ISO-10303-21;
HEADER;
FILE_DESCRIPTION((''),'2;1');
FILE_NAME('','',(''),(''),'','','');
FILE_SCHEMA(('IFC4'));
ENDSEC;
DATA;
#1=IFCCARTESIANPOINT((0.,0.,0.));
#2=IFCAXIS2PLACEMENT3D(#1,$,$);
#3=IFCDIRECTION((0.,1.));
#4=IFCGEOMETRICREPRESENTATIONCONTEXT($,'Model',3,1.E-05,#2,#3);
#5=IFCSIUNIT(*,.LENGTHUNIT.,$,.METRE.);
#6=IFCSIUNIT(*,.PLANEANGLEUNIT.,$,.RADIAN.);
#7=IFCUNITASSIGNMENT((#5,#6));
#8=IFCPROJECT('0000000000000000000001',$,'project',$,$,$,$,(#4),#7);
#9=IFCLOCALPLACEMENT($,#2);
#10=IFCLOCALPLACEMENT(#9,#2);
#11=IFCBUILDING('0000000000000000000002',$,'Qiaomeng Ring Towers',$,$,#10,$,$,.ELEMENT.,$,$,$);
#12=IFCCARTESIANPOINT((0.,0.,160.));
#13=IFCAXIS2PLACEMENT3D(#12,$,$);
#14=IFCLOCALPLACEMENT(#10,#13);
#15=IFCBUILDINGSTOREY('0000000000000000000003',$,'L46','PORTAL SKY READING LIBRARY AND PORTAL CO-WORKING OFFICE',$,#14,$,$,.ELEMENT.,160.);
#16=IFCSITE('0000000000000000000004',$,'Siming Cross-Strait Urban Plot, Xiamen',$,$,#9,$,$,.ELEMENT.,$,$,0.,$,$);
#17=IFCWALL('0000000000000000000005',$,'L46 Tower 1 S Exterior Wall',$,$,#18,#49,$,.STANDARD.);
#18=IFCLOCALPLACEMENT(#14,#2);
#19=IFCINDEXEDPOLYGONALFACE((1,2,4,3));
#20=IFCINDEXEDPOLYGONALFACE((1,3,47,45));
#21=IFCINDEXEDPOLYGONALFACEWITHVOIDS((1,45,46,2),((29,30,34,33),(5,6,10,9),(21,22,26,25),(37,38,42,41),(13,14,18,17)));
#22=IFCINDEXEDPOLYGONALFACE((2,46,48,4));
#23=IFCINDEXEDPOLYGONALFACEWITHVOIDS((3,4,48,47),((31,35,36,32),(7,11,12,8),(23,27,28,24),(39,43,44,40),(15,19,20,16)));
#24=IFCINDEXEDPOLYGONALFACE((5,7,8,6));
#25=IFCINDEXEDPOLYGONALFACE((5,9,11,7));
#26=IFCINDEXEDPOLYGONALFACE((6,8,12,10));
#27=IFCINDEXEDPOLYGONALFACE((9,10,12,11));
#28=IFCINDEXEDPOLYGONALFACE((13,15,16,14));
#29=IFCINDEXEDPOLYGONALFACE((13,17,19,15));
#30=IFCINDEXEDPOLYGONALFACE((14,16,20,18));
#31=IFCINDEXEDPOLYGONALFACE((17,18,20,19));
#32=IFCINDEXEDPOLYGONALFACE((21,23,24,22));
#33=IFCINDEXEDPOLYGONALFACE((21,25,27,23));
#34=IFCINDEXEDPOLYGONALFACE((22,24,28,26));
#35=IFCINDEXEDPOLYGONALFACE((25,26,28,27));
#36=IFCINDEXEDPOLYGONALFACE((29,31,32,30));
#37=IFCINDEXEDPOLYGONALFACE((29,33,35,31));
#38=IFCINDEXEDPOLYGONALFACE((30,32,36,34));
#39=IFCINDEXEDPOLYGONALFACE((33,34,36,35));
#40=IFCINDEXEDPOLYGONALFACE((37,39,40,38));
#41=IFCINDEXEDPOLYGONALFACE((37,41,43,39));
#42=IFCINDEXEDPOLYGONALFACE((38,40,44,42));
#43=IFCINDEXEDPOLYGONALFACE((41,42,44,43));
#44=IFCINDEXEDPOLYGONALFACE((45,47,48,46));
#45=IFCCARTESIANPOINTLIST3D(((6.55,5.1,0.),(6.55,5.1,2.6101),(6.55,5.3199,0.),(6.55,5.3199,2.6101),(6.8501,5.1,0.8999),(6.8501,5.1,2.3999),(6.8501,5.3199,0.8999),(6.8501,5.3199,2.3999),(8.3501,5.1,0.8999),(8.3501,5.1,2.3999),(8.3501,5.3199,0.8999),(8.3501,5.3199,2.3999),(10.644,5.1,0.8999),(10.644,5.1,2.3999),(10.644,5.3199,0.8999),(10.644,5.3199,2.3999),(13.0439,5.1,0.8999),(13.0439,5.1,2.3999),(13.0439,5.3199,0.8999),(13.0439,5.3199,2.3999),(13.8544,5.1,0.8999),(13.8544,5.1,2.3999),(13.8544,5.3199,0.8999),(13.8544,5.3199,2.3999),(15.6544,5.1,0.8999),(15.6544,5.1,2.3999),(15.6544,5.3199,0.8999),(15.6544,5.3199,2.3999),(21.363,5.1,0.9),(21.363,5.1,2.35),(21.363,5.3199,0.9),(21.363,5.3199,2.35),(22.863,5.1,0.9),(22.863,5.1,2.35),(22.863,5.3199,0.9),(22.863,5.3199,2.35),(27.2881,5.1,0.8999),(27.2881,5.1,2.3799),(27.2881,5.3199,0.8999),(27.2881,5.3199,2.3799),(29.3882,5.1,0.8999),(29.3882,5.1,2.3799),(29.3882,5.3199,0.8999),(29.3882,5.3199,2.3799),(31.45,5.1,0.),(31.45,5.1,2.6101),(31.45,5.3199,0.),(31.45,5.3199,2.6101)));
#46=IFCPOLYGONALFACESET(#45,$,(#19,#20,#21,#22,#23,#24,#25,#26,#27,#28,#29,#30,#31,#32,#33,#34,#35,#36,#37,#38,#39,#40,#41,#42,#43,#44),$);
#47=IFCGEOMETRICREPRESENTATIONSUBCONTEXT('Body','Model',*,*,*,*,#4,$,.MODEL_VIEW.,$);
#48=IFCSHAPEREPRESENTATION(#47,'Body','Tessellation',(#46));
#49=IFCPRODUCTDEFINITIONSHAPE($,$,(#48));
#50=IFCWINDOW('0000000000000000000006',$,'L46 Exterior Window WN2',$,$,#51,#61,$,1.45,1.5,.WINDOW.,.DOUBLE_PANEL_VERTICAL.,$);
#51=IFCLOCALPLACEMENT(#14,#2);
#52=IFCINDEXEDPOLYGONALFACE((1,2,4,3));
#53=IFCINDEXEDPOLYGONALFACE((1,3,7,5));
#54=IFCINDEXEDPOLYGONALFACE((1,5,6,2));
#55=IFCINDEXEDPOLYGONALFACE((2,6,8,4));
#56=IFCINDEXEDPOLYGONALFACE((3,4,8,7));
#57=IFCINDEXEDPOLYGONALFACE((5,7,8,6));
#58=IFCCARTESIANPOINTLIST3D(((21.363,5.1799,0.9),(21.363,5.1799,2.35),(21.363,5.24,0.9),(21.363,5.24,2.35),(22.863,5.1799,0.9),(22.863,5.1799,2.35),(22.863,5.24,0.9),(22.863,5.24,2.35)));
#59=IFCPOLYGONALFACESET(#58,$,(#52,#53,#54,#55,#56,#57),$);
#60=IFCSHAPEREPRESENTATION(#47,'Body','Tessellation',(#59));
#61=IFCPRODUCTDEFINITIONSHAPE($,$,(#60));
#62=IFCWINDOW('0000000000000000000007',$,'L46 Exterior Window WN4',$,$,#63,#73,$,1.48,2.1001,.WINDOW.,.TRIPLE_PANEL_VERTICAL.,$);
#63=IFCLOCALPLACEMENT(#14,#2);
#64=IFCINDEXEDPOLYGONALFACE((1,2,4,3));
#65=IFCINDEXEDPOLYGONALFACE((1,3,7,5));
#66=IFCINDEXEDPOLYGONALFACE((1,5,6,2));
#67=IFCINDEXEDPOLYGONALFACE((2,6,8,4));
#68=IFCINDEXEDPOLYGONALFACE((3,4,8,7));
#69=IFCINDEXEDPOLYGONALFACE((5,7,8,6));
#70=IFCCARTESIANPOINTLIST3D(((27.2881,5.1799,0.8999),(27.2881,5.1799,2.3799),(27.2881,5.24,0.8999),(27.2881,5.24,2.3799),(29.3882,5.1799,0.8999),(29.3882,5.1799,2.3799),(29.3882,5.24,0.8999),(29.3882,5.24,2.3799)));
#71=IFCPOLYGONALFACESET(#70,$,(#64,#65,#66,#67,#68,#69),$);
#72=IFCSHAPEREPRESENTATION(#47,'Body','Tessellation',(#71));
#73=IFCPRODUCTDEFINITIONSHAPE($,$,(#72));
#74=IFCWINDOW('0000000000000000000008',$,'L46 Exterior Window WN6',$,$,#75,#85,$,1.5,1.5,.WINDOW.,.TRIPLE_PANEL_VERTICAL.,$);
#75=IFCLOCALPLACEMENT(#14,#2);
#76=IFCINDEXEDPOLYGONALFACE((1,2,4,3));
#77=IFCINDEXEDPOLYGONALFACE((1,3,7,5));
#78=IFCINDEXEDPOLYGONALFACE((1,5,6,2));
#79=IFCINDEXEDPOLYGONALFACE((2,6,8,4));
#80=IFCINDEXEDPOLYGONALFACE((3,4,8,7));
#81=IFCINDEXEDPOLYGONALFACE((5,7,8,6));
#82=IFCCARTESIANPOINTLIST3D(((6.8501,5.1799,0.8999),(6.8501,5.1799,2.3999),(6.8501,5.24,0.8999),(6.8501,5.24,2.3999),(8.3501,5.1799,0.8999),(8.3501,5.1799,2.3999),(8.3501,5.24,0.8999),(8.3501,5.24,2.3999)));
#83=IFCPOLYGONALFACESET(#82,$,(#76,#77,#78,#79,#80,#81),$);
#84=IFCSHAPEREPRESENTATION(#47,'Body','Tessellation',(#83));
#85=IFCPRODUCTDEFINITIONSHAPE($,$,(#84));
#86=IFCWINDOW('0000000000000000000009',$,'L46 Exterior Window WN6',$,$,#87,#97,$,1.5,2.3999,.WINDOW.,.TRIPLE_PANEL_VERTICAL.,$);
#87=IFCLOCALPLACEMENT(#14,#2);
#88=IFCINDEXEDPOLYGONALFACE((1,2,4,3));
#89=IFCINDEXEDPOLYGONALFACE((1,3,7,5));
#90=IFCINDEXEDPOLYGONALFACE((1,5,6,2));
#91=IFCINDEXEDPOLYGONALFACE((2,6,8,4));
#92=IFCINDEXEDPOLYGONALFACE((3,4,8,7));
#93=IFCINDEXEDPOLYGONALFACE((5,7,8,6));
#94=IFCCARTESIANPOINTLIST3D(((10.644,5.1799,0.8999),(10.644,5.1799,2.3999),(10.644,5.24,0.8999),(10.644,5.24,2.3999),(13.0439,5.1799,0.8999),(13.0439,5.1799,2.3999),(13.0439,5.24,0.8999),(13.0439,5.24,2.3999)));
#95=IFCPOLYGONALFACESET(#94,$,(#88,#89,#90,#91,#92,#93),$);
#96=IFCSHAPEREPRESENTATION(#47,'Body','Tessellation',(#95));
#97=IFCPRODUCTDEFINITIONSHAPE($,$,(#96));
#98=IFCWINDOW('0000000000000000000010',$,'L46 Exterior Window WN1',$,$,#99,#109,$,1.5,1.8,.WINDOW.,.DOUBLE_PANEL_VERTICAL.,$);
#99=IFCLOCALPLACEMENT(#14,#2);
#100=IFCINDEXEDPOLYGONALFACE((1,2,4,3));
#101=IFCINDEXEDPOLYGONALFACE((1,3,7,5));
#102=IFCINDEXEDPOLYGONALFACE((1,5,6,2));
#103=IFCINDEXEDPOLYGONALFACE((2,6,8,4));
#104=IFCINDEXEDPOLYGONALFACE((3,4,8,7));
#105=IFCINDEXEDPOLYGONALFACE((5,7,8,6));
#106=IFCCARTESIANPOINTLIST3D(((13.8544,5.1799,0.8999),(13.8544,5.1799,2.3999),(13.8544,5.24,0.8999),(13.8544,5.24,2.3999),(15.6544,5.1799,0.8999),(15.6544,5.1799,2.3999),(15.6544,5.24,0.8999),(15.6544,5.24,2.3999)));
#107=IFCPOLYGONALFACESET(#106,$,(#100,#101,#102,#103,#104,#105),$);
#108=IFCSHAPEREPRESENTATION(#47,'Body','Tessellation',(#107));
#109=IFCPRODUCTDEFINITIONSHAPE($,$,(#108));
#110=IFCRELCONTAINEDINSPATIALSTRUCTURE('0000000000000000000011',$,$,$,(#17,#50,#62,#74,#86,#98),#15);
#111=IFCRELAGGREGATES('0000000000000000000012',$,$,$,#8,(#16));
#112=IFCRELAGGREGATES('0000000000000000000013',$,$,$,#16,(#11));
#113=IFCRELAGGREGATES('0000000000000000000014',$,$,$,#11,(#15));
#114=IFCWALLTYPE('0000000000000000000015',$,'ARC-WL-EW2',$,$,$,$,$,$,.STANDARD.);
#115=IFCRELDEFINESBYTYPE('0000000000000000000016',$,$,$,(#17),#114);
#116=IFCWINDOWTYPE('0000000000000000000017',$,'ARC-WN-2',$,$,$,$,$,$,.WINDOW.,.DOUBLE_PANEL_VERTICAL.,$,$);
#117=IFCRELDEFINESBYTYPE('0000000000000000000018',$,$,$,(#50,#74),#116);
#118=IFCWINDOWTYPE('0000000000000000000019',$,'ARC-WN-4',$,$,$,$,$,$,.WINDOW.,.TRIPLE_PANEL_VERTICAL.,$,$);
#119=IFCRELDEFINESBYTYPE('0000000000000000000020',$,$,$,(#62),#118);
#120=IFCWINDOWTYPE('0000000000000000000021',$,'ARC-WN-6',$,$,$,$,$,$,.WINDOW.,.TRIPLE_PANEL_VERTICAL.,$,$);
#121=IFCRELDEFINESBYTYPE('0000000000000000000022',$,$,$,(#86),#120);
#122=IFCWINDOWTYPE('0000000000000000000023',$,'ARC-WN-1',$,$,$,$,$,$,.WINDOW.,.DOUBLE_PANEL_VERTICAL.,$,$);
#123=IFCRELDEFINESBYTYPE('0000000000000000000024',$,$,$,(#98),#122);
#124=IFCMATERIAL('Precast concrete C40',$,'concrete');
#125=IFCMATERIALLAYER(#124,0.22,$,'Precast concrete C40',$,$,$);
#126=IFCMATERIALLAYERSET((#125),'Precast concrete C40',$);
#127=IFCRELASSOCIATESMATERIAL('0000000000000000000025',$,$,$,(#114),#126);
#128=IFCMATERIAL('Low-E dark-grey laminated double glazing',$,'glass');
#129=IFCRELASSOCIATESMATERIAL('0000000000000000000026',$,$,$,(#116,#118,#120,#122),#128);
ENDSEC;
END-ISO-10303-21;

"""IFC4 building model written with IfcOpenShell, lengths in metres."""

from ifc_helpers import new_model, si_unit, direction, frame, frame_2d, origin, place, context, subcontext, project, spatial, rectangle, extrude, source, transform, mapped, material, layer, layer_set, type_object, element, fill, save


model = new_model("IFC4")

# Units and contexts
model_context = context("Model", 3, precision=1e-05, world=origin(), true_north=direction((0.0, 1.0)))
body_context = subcontext(model_context, "Body", "Model", "MODEL_VIEW")
ifc_project = project(units=[si_unit("LENGTHUNIT", "METRE"), si_unit("PLANEANGLEUNIT", "RADIAN")], contexts=[model_context])

# Site, building, storey
site_placement = place(None, origin())
site = spatial("IfcSite", under=ifc_project, at=site_placement, Name="Siming Cross-Strait Urban Plot, Xiamen", CompositionType="ELEMENT", RefElevation=0.0)
building_placement = place(site_placement, origin())
building = spatial("IfcBuilding", under=site, at=building_placement, Name="Qiaomeng Ring Towers", CompositionType="ELEMENT")
storey_placement = place(building_placement, frame((0.0, 0.0, 160.0)))
storey = spatial("IfcBuildingStorey", under=building, at=storey_placement, Name="L46", Description="PORTAL SKY READING LIBRARY AND PORTAL CO-WORKING OFFICE", CompositionType="ELEMENT", Elevation=160.0)

# Shared definitions
ifc_material_1 = material(Name="Low-E dark-grey laminated double glazing", Category="glass")

# Wall, openings, windows
ifc_material_2 = material(Name="Precast concrete C40", Category="concrete")
ifc_layer_1 = layer(ifc_material_2, 0.22, Name="Precast concrete C40")
ifc_layer_set_1 = layer_set([ifc_layer_1], Name="Precast concrete C40")
wall_type = type_object("IfcWallType", Name="ARC-WL-EW2", PredefinedType="STANDARD", material=ifc_layer_set_1)
wall_placement = place(storey_placement, frame((6.55, 5.21, 0.0), z_axis=(0.0, 0.0, 1.0), x_axis=(1.0, 0.0, 0.0)))
wall = element("IfcWall", 1, at=wall_placement, inside=storey, type_object=wall_type, Name="L46 Tower 1 S Exterior Wall", PredefinedType="STANDARD", context=body_context, shape_type="SweptSolid", body=[
    extrude(rectangle(XDim=24.8999, YDim=0.22, at=frame_2d((12.45, 0.0))), origin(), (0.0, 0.0, 1.0), 2.6101),
])
opening_1_placement = place(wall_placement, frame((0.3, 0.0, 0.8999)))
opening_1 = element("IfcOpeningElement", 2, at=opening_1_placement, cuts=wall, PredefinedType="OPENING", context=body_context, shape_type="SweptSolid", body=[
    extrude(rectangle(XDim=1.5, YDim=1.5, at=frame_2d((0.75, 0.75))), frame((0.0, 0.1199, 0.0), z_axis=(0.0, -1.0, 0.0), x_axis=(1.0, 0.0, 0.0)), (0.0, 0.0, 1.0), 0.24),
])
opening_2_placement = place(wall_placement, frame((7.3044, 0.0, 0.8999)))
opening_2 = element("IfcOpeningElement", 3, at=opening_2_placement, cuts=wall, PredefinedType="OPENING", context=body_context, shape_type="SweptSolid", body=[
    extrude(rectangle(XDim=1.8, YDim=1.5, at=frame_2d((0.8999, 0.75))), frame((0.0, 0.1199, 0.0), z_axis=(0.0, -1.0, 0.0), x_axis=(1.0, 0.0, 0.0)), (0.0, 0.0, 1.0), 0.24),
])
opening_3_placement = place(wall_placement, frame((14.813, 0.0, 0.8999)))
opening_3 = element("IfcOpeningElement", 4, at=opening_3_placement, cuts=wall, PredefinedType="OPENING", context=body_context, shape_type="SweptSolid", body=[
    extrude(rectangle(XDim=1.5, YDim=1.45, at=frame_2d((0.75, 0.7251))), frame((0.0, 0.1199, 0.0), z_axis=(0.0, -1.0, 0.0), x_axis=(1.0, 0.0, 0.0)), (0.0, 0.0, 1.0), 0.24),
])
opening_4_placement = place(wall_placement, frame((20.738, 0.0, 0.8999)))
opening_4 = element("IfcOpeningElement", 5, at=opening_4_placement, cuts=wall, PredefinedType="OPENING", context=body_context, shape_type="SweptSolid", body=[
    extrude(rectangle(XDim=2.1001, YDim=1.48, at=frame_2d((1.05, 0.74))), frame((0.0, 0.1199, 0.0), z_axis=(0.0, -1.0, 0.0), x_axis=(1.0, 0.0, 0.0)), (0.0, 0.0, 1.0), 0.24),
])
opening_5_placement = place(wall_placement, frame((4.094, 0.0, 0.8999)))
opening_5 = element("IfcOpeningElement", 6, at=opening_5_placement, cuts=wall, PredefinedType="OPENING", context=body_context, shape_type="SweptSolid", body=[
    extrude(rectangle(XDim=2.3999, YDim=1.5, at=frame_2d((1.2, 0.75))), frame((0.0, 0.1199, 0.0), z_axis=(0.0, -1.0, 0.0), x_axis=(1.0, 0.0, 0.0)), (0.0, 0.0, 1.0), 0.24),
])
window_type_1 = type_object("IfcWindowType", Name="ARC-WN-2", PartitioningType="DOUBLE_PANEL_VERTICAL", PredefinedType="WINDOW", material=ifc_material_1)
shared_shape_1 = source(origin(), body_context, "Body", "SweptSolid", [
    extrude(rectangle(XDim=1.5, YDim=1.45, at=frame_2d((0.75, 0.7251))), frame((0.0, 0.03, 0.0), z_axis=(0.0, -1.0, 0.0), x_axis=(1.0, 0.0, 0.0)), (0.0, 0.0, 1.0), 0.0601),
])
window_1_placement = place(opening_3_placement, origin())
window_1 = element("IfcWindow", 7, at=window_1_placement, inside=storey, type_object=window_type_1, Name="L46 Exterior Window WN2", OverallHeight=1.45, OverallWidth=1.5, PartitioningType="DOUBLE_PANEL_VERTICAL", PredefinedType="WINDOW", context=body_context, shape_type="MappedRepresentation", body=[
    mapped(shared_shape_1, transform((0.0, 0.0, 0.0), x_axis=(1.0, 0.0, 0.0), y_axis=(0.0, 1.0, 0.0), z_axis=(0.0, 0.0, 1.0), scale=1.0)),
])
fill(opening_3, window_1)
window_type_2 = type_object("IfcWindowType", Name="ARC-WN-4", PartitioningType="TRIPLE_PANEL_VERTICAL", PredefinedType="WINDOW", material=ifc_material_1)
shared_shape_2 = source(origin(), body_context, "Body", "SweptSolid", [
    extrude(rectangle(XDim=2.1001, YDim=1.48, at=frame_2d((1.05, 0.74))), frame((0.0, 0.03, 0.0), z_axis=(0.0, -1.0, 0.0), x_axis=(1.0, 0.0, 0.0)), (0.0, 0.0, 1.0), 0.0601),
])
window_2_placement = place(opening_4_placement, origin())
window_2 = element("IfcWindow", 8, at=window_2_placement, inside=storey, type_object=window_type_2, Name="L46 Exterior Window WN4", OverallHeight=1.48, OverallWidth=2.1001, PartitioningType="TRIPLE_PANEL_VERTICAL", PredefinedType="WINDOW", context=body_context, shape_type="MappedRepresentation", body=[
    mapped(shared_shape_2, transform((0.0, 0.0, 0.0), x_axis=(1.0, 0.0, 0.0), y_axis=(0.0, 1.0, 0.0), z_axis=(0.0, 0.0, 1.0), scale=1.0)),
])
fill(opening_4, window_2)
shared_shape_3 = source(origin(), body_context, "Body", "SweptSolid", [
    extrude(rectangle(XDim=1.5, YDim=1.5, at=frame_2d((0.75, 0.75))), frame((0.0, 0.03, 0.0), z_axis=(0.0, -1.0, 0.0), x_axis=(1.0, 0.0, 0.0)), (0.0, 0.0, 1.0), 0.0601),
])
window_3_placement = place(opening_1_placement, origin())
window_3 = element("IfcWindow", 9, at=window_3_placement, inside=storey, type_object=window_type_1, Name="L46 Exterior Window WN6", OverallHeight=1.5, OverallWidth=1.5, PartitioningType="TRIPLE_PANEL_VERTICAL", PredefinedType="WINDOW", context=body_context, shape_type="MappedRepresentation", body=[
    mapped(shared_shape_3, transform((0.0, 0.0, 0.0), x_axis=(1.0, 0.0, 0.0), y_axis=(0.0, 1.0, 0.0), z_axis=(0.0, 0.0, 1.0), scale=1.0)),
])
fill(opening_1, window_3)
window_type_3 = type_object("IfcWindowType", Name="ARC-WN-6", PartitioningType="TRIPLE_PANEL_VERTICAL", PredefinedType="WINDOW", material=ifc_material_1)
shared_shape_4 = source(origin(), body_context, "Body", "SweptSolid", [
    extrude(rectangle(XDim=2.3999, YDim=1.5, at=frame_2d((1.2, 0.75))), frame((0.0, 0.03, 0.0), z_axis=(0.0, -1.0, 0.0), x_axis=(1.0, 0.0, 0.0)), (0.0, 0.0, 1.0), 0.0601),
])
window_4_placement = place(opening_5_placement, origin())
window_4 = element("IfcWindow", 10, at=window_4_placement, inside=storey, type_object=window_type_3, Name="L46 Exterior Window WN6", OverallHeight=1.5, OverallWidth=2.3999, PartitioningType="TRIPLE_PANEL_VERTICAL", PredefinedType="WINDOW", context=body_context, shape_type="MappedRepresentation", body=[
    mapped(shared_shape_4, transform((0.0, 0.0, 0.0), x_axis=(1.0, 0.0, 0.0), y_axis=(0.0, 1.0, 0.0), z_axis=(0.0, 0.0, 1.0), scale=1.0)),
])
fill(opening_5, window_4)
window_type_4 = type_object("IfcWindowType", Name="ARC-WN-1", PartitioningType="DOUBLE_PANEL_VERTICAL", PredefinedType="WINDOW", material=ifc_material_1)
shared_shape_5 = source(origin(), body_context, "Body", "SweptSolid", [
    extrude(rectangle(XDim=1.8, YDim=1.5, at=frame_2d((0.8999, 0.75))), frame((0.0, 0.03, 0.0), z_axis=(0.0, -1.0, 0.0), x_axis=(1.0, 0.0, 0.0)), (0.0, 0.0, 1.0), 0.0601),
])
window_5_placement = place(opening_2_placement, origin())
window_5 = element("IfcWindow", 11, at=window_5_placement, inside=storey, type_object=window_type_4, Name="L46 Exterior Window WN1", OverallHeight=1.5, OverallWidth=1.8, PartitioningType="DOUBLE_PANEL_VERTICAL", PredefinedType="WINDOW", context=body_context, shape_type="MappedRepresentation", body=[
    mapped(shared_shape_5, transform((0.0, 0.0, 0.0), x_axis=(1.0, 0.0, 0.0), y_axis=(0.0, 1.0, 0.0), z_axis=(0.0, 0.0, 1.0), scale=1.0)),
])
fill(opening_2, window_5)

save(model, "model.ifc")
